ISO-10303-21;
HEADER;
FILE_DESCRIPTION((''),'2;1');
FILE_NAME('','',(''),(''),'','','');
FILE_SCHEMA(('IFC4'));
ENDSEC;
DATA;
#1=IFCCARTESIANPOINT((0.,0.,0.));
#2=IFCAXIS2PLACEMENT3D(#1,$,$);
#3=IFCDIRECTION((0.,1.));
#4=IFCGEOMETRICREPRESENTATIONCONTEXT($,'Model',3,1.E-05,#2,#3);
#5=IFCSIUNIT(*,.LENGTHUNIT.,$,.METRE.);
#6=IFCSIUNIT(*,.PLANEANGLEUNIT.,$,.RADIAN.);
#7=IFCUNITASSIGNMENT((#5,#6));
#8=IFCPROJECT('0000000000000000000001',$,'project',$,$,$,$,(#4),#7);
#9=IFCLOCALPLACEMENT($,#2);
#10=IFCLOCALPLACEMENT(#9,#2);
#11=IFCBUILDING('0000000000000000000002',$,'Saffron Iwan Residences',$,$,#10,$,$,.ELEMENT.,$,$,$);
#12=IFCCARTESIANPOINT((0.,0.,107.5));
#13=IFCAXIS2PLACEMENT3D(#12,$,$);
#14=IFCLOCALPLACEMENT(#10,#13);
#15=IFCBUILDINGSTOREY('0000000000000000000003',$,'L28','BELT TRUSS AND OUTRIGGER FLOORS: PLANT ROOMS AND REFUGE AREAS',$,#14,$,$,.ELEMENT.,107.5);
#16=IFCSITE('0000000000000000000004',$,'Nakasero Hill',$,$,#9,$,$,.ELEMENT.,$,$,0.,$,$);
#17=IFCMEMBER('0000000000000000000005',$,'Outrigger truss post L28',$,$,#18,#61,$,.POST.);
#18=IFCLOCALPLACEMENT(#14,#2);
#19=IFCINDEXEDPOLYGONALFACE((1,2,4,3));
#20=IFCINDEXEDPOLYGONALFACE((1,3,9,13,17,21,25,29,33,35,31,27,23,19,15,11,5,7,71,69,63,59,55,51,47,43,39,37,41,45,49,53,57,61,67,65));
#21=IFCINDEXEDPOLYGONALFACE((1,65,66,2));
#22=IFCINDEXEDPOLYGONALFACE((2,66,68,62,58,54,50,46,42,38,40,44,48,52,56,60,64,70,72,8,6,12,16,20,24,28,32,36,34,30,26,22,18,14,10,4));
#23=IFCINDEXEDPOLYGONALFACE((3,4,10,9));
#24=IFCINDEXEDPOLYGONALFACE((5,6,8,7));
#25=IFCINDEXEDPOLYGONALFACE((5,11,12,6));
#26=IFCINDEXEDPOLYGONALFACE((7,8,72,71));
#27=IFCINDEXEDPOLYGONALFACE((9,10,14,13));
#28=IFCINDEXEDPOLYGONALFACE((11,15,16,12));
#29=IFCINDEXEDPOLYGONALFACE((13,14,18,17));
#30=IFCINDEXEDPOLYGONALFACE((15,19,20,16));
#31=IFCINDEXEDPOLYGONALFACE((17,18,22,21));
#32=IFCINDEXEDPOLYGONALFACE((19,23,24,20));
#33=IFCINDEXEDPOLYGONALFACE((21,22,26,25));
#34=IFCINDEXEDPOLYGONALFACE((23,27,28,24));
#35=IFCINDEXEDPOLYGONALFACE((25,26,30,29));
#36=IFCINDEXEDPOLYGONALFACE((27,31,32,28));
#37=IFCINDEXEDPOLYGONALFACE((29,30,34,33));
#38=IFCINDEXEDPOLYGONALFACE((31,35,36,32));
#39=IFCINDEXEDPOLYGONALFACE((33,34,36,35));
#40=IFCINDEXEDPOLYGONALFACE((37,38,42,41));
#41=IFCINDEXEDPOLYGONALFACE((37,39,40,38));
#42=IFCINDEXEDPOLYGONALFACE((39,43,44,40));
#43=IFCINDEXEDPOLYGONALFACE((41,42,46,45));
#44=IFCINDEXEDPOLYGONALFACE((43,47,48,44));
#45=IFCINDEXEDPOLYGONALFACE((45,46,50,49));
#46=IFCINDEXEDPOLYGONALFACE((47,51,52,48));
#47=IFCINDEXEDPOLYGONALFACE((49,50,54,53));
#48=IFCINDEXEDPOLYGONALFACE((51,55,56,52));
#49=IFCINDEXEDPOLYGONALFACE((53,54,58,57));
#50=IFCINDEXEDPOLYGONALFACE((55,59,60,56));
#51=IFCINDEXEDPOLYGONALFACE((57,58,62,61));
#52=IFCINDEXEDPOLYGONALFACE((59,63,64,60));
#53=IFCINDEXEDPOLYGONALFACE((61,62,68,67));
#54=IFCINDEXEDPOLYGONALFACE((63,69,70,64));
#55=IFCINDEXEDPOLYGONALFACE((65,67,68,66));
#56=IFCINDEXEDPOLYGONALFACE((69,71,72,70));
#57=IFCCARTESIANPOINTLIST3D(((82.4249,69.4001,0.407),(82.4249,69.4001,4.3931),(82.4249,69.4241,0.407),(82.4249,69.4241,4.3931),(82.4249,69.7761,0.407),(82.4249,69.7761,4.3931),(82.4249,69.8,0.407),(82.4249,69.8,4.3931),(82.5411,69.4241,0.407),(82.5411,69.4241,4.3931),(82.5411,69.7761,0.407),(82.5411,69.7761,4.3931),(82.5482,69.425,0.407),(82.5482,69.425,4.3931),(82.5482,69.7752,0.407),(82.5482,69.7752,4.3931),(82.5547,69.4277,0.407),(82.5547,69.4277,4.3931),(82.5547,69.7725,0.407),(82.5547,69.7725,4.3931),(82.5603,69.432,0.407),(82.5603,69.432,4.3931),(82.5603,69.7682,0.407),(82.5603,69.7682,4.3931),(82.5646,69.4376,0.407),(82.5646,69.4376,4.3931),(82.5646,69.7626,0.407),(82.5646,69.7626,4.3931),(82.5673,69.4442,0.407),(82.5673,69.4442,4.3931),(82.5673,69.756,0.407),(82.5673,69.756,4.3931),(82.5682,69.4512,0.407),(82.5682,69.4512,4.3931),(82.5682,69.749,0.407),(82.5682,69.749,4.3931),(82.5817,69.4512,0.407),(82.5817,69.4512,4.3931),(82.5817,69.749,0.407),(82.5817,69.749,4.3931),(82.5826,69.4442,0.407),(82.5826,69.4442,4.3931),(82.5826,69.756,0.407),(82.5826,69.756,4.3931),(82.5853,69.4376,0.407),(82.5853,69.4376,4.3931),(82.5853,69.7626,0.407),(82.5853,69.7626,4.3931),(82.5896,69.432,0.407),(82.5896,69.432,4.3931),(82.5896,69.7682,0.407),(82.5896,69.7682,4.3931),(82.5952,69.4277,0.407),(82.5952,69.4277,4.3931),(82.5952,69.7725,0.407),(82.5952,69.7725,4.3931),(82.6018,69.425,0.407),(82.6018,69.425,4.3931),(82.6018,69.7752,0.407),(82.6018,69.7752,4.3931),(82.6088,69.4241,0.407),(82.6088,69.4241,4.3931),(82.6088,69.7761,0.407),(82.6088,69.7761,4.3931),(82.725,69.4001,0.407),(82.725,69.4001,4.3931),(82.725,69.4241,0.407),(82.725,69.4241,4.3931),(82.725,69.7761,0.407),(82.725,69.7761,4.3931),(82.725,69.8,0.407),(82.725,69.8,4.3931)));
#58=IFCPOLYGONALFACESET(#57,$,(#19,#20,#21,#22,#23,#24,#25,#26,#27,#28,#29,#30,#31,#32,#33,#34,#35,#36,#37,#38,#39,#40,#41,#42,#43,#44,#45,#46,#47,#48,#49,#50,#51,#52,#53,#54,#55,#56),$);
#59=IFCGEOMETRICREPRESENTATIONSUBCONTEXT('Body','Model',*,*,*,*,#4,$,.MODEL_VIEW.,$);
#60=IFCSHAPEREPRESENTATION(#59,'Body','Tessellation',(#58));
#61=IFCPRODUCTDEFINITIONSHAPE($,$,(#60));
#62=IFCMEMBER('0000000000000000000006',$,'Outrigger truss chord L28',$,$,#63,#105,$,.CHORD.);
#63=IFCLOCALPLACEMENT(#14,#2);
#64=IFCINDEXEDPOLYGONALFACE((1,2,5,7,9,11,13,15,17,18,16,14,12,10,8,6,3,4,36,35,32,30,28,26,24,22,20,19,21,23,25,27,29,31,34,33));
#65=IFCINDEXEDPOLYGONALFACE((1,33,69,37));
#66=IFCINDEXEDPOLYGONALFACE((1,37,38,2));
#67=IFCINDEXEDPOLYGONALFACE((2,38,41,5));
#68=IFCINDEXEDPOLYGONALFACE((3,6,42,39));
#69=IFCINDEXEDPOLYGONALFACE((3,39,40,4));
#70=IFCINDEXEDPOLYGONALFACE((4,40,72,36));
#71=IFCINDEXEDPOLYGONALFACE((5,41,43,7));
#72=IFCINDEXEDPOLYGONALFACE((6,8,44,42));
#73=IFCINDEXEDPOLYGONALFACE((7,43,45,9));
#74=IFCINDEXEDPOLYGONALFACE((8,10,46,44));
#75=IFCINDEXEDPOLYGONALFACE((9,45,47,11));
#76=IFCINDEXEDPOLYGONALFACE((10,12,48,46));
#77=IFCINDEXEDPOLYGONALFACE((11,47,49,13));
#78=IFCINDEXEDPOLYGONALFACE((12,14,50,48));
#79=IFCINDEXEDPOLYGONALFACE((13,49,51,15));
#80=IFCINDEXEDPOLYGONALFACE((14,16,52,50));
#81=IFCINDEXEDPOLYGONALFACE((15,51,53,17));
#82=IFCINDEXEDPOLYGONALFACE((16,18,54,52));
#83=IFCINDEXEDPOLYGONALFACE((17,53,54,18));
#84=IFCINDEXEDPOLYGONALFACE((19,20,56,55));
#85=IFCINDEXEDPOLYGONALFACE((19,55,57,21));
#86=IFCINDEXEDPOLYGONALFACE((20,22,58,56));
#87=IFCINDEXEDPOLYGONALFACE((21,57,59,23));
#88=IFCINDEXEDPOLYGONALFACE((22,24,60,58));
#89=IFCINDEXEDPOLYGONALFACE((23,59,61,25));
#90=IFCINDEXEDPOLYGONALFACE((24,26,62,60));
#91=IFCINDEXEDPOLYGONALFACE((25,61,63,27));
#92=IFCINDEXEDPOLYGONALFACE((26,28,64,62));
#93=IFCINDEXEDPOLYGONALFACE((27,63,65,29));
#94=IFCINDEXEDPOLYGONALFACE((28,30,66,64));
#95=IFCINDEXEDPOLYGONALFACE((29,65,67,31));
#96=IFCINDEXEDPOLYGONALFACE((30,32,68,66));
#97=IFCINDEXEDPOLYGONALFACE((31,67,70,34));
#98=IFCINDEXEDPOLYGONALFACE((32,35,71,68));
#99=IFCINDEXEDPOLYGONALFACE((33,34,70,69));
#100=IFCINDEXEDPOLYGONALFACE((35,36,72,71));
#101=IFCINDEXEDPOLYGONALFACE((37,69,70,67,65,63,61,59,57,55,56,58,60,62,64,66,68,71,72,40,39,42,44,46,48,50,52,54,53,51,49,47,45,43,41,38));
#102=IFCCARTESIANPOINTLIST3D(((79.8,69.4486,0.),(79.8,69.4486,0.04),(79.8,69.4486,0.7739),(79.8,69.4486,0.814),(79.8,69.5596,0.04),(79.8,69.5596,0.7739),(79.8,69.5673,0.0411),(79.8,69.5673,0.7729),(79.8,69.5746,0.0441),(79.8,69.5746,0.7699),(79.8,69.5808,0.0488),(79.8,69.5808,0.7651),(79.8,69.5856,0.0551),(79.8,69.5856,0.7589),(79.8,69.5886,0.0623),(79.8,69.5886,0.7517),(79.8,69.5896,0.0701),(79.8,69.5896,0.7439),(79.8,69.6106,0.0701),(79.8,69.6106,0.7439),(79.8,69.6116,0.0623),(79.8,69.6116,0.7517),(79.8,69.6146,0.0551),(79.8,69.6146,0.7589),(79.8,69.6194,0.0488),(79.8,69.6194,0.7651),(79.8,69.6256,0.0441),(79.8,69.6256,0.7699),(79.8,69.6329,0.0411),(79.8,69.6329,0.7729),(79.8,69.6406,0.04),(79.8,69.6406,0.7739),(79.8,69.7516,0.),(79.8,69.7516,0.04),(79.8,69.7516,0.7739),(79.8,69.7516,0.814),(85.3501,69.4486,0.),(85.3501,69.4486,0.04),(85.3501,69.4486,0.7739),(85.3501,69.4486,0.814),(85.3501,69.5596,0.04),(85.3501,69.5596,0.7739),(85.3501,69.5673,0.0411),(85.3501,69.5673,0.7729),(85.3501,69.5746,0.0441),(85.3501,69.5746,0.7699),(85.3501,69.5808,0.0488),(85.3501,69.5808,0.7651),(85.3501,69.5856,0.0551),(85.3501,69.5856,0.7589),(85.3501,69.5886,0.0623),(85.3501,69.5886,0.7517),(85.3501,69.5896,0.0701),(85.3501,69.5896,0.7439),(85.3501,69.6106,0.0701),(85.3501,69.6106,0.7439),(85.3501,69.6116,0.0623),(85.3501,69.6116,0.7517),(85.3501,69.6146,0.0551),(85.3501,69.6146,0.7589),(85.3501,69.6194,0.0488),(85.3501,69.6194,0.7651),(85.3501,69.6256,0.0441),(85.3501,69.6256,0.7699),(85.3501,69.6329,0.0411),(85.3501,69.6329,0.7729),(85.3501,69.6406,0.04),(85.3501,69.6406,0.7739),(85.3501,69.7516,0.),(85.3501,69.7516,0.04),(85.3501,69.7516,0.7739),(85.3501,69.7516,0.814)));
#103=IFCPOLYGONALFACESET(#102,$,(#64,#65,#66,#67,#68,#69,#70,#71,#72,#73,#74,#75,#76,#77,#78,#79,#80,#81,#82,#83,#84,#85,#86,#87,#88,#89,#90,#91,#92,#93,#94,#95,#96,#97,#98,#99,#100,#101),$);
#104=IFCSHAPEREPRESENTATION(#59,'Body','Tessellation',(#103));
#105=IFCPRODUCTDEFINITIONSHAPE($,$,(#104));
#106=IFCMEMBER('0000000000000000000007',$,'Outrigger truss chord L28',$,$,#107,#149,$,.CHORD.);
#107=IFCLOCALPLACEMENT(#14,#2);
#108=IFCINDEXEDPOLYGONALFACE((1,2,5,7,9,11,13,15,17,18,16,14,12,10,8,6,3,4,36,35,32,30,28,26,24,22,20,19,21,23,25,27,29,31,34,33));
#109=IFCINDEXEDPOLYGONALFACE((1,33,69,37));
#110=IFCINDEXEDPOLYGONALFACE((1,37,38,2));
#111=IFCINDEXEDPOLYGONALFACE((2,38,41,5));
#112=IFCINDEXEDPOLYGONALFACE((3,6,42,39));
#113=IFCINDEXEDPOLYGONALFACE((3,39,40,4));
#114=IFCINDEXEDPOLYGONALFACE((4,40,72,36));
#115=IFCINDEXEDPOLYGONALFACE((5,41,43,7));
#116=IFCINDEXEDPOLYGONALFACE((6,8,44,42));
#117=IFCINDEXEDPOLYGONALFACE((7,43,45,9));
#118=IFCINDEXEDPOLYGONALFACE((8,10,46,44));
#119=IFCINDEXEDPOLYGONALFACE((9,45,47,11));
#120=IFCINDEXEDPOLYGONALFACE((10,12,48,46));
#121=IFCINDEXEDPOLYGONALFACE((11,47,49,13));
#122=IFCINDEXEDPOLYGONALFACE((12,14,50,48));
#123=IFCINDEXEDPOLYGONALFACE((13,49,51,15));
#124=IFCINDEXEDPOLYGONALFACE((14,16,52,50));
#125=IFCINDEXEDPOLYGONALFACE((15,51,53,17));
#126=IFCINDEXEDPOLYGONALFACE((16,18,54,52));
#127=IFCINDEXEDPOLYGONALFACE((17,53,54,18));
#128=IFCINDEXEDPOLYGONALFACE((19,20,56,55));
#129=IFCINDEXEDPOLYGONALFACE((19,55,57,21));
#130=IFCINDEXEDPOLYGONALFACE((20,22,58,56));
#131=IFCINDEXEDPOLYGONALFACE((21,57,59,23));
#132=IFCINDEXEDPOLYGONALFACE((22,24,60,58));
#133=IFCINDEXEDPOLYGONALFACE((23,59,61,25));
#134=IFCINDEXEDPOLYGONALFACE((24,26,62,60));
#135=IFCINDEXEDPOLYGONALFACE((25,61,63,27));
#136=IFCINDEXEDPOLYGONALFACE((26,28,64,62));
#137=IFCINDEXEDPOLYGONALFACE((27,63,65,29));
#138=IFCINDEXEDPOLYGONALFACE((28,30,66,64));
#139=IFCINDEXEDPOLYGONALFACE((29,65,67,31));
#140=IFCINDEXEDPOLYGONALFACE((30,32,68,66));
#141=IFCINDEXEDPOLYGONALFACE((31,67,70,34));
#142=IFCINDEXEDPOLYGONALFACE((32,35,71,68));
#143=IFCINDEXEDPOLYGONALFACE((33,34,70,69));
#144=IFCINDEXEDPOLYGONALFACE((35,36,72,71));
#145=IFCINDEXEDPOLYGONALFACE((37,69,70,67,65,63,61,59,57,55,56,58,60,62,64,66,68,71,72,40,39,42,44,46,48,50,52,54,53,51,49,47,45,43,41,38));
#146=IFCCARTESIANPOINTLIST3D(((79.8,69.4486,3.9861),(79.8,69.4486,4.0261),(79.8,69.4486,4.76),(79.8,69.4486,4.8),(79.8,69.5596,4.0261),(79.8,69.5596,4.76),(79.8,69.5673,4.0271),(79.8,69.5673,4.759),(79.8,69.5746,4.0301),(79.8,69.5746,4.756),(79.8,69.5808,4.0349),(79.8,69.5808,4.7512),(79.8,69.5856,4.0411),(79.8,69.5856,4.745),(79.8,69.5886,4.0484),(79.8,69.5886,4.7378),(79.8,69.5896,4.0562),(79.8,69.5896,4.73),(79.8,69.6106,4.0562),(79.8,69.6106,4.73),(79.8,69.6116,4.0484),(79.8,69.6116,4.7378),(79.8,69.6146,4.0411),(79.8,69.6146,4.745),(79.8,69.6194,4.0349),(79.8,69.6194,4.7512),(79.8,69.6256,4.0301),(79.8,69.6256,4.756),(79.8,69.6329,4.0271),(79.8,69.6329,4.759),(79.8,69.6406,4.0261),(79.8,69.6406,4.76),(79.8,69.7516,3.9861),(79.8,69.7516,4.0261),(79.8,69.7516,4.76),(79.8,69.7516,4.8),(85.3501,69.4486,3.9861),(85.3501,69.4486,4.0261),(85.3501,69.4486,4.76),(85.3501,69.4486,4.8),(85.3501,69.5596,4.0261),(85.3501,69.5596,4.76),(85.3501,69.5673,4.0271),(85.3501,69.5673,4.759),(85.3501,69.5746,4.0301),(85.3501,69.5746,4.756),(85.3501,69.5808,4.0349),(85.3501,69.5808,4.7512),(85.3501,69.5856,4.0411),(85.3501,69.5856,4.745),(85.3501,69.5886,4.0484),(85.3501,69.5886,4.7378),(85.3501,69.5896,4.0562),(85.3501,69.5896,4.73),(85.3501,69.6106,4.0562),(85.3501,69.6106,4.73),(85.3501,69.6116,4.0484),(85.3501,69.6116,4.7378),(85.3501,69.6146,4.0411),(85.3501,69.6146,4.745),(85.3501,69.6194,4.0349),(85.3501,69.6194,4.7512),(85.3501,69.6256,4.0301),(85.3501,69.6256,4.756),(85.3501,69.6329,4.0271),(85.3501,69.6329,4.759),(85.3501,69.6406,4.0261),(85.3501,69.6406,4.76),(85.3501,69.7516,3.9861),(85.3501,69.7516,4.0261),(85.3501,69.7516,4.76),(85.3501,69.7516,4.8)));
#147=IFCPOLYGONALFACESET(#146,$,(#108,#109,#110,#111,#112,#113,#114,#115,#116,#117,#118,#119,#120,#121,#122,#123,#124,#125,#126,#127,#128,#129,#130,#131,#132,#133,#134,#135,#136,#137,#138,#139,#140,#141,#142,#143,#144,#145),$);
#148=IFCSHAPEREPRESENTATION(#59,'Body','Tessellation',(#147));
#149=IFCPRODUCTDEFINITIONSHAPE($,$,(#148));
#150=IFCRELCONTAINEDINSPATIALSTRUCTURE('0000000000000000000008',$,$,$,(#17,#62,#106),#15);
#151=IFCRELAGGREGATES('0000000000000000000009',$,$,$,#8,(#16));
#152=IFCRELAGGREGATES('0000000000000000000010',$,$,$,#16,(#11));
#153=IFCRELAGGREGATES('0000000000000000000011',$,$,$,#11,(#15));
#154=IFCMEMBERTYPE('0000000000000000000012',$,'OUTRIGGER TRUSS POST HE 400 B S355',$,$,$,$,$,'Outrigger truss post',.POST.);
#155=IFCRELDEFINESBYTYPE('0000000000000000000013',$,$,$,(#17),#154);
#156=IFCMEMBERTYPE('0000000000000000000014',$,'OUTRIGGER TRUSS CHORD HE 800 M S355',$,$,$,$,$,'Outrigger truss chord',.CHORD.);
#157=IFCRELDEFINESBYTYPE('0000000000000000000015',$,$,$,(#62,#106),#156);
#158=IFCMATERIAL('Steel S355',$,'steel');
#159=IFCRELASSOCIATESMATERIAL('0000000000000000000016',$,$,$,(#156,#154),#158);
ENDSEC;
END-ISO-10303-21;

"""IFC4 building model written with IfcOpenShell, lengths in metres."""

from ifc_helpers import new_model, si_unit, direction, frame, origin, origin_2d, place, context, subcontext, project, spatial, i_section, extrude, source, transform, mapped, material, material_profile, profile_set, type_object, element, save


model = new_model("IFC4")

# Units and contexts
model_context = context("Model", 3, precision=1e-05, world=origin(), true_north=direction((0.0, 1.0)))
body_context = subcontext(model_context, "Body", "Model", "MODEL_VIEW")
ifc_project = project(units=[si_unit("LENGTHUNIT", "METRE"), si_unit("PLANEANGLEUNIT", "RADIAN")], contexts=[model_context])

# Site, building, storey
site_placement = place(None, origin())
site = spatial("IfcSite", under=ifc_project, at=site_placement, Name="Nakasero Hill", CompositionType="ELEMENT", RefElevation=0.0)
building_placement = place(site_placement, origin())
building = spatial("IfcBuilding", under=site, at=building_placement, Name="Saffron Iwan Residences", CompositionType="ELEMENT")
storey_placement = place(building_placement, frame((0.0, 0.0, 107.5)))
storey = spatial("IfcBuildingStorey", under=building, at=storey_placement, Name="L28", Description="BELT TRUSS AND OUTRIGGER FLOORS: PLANT ROOMS AND REFUGE AREAS", CompositionType="ELEMENT", Elevation=107.5)

# Members
ifc_material_1 = material(Name="Steel S355", Category="steel")
ifc_material_profile_1 = material_profile(ifc_material_1, i_section(OverallWidth=0.303, OverallDepth=0.814, WebThickness=0.021, FlangeThickness=0.04, FilletRadius=0.03, at=origin_2d()), Name="HE 800 M")
ifc_profile_set_1 = profile_set([ifc_material_profile_1], Name="Steel S355")
member_type_1 = type_object("IfcMemberType", Name="OUTRIGGER TRUSS CHORD HE 800 M S355", ElementType="Outrigger truss chord", PredefinedType="CHORD", material=ifc_profile_set_1)
ifc_material_profile_2 = material_profile(ifc_material_1, i_section(OverallWidth=0.3, OverallDepth=0.3999, WebThickness=0.0134, FlangeThickness=0.0239, FilletRadius=0.0271, at=origin_2d()), Name="HE 400 B")
ifc_profile_set_2 = profile_set([ifc_material_profile_2], Name="Steel S355")
member_type_2 = type_object("IfcMemberType", Name="OUTRIGGER TRUSS POST HE 400 B S355", ElementType="Outrigger truss post", PredefinedType="POST", material=ifc_profile_set_2)
shared_shape_1 = source(origin(), body_context, "Body", "SweptSolid", [
    extrude(i_section(OverallWidth=0.3, OverallDepth=0.3999, WebThickness=0.0134, FlangeThickness=0.0239, FilletRadius=0.0271, at=origin_2d()), origin(), (0.0, 0.0, 1.0), 3.9861),
])
for number, where, z_axis, x_axis, name in (
    (1, (82.575, 69.6001, 0.407), (0.0, 0.0, 1.0), (1.0, 0.0, 0.0), "Outrigger truss post L28"),
):
    element("IfcMember", number, at=place(storey_placement, frame(where, z_axis=z_axis, x_axis=x_axis)), inside=storey, type_object=member_type_2, Name=name, PredefinedType="POST", context=body_context, shape_type="MappedRepresentation", body=[
        mapped(shared_shape_1, transform((0.0, 0.0, 0.0))),
    ])
shared_shape_2 = source(origin(), body_context, "Body", "SweptSolid", [
    extrude(i_section(OverallWidth=0.303, OverallDepth=0.814, WebThickness=0.021, FlangeThickness=0.04, FilletRadius=0.03, at=origin_2d()), origin(), (0.0, 0.0, 1.0), 5.55),
])
for number, where, z_axis, x_axis, name in (
    (2, (79.8, 69.6001, 0.407), (1.0, 0.0, 0.0), (0.0, 1.0, 0.0), "Outrigger truss chord L28"),
    (3, (79.8, 69.6001, 4.3931), (1.0, 0.0, 0.0), (0.0, 1.0, 0.0), "Outrigger truss chord L28"),
):
    element("IfcMember", number, at=place(storey_placement, frame(where, z_axis=z_axis, x_axis=x_axis)), inside=storey, type_object=member_type_1, Name=name, PredefinedType="CHORD", context=body_context, shape_type="MappedRepresentation", body=[
        mapped(shared_shape_2, transform((0.0, 0.0, 0.0))),
    ])

save(model, "model.ifc")
